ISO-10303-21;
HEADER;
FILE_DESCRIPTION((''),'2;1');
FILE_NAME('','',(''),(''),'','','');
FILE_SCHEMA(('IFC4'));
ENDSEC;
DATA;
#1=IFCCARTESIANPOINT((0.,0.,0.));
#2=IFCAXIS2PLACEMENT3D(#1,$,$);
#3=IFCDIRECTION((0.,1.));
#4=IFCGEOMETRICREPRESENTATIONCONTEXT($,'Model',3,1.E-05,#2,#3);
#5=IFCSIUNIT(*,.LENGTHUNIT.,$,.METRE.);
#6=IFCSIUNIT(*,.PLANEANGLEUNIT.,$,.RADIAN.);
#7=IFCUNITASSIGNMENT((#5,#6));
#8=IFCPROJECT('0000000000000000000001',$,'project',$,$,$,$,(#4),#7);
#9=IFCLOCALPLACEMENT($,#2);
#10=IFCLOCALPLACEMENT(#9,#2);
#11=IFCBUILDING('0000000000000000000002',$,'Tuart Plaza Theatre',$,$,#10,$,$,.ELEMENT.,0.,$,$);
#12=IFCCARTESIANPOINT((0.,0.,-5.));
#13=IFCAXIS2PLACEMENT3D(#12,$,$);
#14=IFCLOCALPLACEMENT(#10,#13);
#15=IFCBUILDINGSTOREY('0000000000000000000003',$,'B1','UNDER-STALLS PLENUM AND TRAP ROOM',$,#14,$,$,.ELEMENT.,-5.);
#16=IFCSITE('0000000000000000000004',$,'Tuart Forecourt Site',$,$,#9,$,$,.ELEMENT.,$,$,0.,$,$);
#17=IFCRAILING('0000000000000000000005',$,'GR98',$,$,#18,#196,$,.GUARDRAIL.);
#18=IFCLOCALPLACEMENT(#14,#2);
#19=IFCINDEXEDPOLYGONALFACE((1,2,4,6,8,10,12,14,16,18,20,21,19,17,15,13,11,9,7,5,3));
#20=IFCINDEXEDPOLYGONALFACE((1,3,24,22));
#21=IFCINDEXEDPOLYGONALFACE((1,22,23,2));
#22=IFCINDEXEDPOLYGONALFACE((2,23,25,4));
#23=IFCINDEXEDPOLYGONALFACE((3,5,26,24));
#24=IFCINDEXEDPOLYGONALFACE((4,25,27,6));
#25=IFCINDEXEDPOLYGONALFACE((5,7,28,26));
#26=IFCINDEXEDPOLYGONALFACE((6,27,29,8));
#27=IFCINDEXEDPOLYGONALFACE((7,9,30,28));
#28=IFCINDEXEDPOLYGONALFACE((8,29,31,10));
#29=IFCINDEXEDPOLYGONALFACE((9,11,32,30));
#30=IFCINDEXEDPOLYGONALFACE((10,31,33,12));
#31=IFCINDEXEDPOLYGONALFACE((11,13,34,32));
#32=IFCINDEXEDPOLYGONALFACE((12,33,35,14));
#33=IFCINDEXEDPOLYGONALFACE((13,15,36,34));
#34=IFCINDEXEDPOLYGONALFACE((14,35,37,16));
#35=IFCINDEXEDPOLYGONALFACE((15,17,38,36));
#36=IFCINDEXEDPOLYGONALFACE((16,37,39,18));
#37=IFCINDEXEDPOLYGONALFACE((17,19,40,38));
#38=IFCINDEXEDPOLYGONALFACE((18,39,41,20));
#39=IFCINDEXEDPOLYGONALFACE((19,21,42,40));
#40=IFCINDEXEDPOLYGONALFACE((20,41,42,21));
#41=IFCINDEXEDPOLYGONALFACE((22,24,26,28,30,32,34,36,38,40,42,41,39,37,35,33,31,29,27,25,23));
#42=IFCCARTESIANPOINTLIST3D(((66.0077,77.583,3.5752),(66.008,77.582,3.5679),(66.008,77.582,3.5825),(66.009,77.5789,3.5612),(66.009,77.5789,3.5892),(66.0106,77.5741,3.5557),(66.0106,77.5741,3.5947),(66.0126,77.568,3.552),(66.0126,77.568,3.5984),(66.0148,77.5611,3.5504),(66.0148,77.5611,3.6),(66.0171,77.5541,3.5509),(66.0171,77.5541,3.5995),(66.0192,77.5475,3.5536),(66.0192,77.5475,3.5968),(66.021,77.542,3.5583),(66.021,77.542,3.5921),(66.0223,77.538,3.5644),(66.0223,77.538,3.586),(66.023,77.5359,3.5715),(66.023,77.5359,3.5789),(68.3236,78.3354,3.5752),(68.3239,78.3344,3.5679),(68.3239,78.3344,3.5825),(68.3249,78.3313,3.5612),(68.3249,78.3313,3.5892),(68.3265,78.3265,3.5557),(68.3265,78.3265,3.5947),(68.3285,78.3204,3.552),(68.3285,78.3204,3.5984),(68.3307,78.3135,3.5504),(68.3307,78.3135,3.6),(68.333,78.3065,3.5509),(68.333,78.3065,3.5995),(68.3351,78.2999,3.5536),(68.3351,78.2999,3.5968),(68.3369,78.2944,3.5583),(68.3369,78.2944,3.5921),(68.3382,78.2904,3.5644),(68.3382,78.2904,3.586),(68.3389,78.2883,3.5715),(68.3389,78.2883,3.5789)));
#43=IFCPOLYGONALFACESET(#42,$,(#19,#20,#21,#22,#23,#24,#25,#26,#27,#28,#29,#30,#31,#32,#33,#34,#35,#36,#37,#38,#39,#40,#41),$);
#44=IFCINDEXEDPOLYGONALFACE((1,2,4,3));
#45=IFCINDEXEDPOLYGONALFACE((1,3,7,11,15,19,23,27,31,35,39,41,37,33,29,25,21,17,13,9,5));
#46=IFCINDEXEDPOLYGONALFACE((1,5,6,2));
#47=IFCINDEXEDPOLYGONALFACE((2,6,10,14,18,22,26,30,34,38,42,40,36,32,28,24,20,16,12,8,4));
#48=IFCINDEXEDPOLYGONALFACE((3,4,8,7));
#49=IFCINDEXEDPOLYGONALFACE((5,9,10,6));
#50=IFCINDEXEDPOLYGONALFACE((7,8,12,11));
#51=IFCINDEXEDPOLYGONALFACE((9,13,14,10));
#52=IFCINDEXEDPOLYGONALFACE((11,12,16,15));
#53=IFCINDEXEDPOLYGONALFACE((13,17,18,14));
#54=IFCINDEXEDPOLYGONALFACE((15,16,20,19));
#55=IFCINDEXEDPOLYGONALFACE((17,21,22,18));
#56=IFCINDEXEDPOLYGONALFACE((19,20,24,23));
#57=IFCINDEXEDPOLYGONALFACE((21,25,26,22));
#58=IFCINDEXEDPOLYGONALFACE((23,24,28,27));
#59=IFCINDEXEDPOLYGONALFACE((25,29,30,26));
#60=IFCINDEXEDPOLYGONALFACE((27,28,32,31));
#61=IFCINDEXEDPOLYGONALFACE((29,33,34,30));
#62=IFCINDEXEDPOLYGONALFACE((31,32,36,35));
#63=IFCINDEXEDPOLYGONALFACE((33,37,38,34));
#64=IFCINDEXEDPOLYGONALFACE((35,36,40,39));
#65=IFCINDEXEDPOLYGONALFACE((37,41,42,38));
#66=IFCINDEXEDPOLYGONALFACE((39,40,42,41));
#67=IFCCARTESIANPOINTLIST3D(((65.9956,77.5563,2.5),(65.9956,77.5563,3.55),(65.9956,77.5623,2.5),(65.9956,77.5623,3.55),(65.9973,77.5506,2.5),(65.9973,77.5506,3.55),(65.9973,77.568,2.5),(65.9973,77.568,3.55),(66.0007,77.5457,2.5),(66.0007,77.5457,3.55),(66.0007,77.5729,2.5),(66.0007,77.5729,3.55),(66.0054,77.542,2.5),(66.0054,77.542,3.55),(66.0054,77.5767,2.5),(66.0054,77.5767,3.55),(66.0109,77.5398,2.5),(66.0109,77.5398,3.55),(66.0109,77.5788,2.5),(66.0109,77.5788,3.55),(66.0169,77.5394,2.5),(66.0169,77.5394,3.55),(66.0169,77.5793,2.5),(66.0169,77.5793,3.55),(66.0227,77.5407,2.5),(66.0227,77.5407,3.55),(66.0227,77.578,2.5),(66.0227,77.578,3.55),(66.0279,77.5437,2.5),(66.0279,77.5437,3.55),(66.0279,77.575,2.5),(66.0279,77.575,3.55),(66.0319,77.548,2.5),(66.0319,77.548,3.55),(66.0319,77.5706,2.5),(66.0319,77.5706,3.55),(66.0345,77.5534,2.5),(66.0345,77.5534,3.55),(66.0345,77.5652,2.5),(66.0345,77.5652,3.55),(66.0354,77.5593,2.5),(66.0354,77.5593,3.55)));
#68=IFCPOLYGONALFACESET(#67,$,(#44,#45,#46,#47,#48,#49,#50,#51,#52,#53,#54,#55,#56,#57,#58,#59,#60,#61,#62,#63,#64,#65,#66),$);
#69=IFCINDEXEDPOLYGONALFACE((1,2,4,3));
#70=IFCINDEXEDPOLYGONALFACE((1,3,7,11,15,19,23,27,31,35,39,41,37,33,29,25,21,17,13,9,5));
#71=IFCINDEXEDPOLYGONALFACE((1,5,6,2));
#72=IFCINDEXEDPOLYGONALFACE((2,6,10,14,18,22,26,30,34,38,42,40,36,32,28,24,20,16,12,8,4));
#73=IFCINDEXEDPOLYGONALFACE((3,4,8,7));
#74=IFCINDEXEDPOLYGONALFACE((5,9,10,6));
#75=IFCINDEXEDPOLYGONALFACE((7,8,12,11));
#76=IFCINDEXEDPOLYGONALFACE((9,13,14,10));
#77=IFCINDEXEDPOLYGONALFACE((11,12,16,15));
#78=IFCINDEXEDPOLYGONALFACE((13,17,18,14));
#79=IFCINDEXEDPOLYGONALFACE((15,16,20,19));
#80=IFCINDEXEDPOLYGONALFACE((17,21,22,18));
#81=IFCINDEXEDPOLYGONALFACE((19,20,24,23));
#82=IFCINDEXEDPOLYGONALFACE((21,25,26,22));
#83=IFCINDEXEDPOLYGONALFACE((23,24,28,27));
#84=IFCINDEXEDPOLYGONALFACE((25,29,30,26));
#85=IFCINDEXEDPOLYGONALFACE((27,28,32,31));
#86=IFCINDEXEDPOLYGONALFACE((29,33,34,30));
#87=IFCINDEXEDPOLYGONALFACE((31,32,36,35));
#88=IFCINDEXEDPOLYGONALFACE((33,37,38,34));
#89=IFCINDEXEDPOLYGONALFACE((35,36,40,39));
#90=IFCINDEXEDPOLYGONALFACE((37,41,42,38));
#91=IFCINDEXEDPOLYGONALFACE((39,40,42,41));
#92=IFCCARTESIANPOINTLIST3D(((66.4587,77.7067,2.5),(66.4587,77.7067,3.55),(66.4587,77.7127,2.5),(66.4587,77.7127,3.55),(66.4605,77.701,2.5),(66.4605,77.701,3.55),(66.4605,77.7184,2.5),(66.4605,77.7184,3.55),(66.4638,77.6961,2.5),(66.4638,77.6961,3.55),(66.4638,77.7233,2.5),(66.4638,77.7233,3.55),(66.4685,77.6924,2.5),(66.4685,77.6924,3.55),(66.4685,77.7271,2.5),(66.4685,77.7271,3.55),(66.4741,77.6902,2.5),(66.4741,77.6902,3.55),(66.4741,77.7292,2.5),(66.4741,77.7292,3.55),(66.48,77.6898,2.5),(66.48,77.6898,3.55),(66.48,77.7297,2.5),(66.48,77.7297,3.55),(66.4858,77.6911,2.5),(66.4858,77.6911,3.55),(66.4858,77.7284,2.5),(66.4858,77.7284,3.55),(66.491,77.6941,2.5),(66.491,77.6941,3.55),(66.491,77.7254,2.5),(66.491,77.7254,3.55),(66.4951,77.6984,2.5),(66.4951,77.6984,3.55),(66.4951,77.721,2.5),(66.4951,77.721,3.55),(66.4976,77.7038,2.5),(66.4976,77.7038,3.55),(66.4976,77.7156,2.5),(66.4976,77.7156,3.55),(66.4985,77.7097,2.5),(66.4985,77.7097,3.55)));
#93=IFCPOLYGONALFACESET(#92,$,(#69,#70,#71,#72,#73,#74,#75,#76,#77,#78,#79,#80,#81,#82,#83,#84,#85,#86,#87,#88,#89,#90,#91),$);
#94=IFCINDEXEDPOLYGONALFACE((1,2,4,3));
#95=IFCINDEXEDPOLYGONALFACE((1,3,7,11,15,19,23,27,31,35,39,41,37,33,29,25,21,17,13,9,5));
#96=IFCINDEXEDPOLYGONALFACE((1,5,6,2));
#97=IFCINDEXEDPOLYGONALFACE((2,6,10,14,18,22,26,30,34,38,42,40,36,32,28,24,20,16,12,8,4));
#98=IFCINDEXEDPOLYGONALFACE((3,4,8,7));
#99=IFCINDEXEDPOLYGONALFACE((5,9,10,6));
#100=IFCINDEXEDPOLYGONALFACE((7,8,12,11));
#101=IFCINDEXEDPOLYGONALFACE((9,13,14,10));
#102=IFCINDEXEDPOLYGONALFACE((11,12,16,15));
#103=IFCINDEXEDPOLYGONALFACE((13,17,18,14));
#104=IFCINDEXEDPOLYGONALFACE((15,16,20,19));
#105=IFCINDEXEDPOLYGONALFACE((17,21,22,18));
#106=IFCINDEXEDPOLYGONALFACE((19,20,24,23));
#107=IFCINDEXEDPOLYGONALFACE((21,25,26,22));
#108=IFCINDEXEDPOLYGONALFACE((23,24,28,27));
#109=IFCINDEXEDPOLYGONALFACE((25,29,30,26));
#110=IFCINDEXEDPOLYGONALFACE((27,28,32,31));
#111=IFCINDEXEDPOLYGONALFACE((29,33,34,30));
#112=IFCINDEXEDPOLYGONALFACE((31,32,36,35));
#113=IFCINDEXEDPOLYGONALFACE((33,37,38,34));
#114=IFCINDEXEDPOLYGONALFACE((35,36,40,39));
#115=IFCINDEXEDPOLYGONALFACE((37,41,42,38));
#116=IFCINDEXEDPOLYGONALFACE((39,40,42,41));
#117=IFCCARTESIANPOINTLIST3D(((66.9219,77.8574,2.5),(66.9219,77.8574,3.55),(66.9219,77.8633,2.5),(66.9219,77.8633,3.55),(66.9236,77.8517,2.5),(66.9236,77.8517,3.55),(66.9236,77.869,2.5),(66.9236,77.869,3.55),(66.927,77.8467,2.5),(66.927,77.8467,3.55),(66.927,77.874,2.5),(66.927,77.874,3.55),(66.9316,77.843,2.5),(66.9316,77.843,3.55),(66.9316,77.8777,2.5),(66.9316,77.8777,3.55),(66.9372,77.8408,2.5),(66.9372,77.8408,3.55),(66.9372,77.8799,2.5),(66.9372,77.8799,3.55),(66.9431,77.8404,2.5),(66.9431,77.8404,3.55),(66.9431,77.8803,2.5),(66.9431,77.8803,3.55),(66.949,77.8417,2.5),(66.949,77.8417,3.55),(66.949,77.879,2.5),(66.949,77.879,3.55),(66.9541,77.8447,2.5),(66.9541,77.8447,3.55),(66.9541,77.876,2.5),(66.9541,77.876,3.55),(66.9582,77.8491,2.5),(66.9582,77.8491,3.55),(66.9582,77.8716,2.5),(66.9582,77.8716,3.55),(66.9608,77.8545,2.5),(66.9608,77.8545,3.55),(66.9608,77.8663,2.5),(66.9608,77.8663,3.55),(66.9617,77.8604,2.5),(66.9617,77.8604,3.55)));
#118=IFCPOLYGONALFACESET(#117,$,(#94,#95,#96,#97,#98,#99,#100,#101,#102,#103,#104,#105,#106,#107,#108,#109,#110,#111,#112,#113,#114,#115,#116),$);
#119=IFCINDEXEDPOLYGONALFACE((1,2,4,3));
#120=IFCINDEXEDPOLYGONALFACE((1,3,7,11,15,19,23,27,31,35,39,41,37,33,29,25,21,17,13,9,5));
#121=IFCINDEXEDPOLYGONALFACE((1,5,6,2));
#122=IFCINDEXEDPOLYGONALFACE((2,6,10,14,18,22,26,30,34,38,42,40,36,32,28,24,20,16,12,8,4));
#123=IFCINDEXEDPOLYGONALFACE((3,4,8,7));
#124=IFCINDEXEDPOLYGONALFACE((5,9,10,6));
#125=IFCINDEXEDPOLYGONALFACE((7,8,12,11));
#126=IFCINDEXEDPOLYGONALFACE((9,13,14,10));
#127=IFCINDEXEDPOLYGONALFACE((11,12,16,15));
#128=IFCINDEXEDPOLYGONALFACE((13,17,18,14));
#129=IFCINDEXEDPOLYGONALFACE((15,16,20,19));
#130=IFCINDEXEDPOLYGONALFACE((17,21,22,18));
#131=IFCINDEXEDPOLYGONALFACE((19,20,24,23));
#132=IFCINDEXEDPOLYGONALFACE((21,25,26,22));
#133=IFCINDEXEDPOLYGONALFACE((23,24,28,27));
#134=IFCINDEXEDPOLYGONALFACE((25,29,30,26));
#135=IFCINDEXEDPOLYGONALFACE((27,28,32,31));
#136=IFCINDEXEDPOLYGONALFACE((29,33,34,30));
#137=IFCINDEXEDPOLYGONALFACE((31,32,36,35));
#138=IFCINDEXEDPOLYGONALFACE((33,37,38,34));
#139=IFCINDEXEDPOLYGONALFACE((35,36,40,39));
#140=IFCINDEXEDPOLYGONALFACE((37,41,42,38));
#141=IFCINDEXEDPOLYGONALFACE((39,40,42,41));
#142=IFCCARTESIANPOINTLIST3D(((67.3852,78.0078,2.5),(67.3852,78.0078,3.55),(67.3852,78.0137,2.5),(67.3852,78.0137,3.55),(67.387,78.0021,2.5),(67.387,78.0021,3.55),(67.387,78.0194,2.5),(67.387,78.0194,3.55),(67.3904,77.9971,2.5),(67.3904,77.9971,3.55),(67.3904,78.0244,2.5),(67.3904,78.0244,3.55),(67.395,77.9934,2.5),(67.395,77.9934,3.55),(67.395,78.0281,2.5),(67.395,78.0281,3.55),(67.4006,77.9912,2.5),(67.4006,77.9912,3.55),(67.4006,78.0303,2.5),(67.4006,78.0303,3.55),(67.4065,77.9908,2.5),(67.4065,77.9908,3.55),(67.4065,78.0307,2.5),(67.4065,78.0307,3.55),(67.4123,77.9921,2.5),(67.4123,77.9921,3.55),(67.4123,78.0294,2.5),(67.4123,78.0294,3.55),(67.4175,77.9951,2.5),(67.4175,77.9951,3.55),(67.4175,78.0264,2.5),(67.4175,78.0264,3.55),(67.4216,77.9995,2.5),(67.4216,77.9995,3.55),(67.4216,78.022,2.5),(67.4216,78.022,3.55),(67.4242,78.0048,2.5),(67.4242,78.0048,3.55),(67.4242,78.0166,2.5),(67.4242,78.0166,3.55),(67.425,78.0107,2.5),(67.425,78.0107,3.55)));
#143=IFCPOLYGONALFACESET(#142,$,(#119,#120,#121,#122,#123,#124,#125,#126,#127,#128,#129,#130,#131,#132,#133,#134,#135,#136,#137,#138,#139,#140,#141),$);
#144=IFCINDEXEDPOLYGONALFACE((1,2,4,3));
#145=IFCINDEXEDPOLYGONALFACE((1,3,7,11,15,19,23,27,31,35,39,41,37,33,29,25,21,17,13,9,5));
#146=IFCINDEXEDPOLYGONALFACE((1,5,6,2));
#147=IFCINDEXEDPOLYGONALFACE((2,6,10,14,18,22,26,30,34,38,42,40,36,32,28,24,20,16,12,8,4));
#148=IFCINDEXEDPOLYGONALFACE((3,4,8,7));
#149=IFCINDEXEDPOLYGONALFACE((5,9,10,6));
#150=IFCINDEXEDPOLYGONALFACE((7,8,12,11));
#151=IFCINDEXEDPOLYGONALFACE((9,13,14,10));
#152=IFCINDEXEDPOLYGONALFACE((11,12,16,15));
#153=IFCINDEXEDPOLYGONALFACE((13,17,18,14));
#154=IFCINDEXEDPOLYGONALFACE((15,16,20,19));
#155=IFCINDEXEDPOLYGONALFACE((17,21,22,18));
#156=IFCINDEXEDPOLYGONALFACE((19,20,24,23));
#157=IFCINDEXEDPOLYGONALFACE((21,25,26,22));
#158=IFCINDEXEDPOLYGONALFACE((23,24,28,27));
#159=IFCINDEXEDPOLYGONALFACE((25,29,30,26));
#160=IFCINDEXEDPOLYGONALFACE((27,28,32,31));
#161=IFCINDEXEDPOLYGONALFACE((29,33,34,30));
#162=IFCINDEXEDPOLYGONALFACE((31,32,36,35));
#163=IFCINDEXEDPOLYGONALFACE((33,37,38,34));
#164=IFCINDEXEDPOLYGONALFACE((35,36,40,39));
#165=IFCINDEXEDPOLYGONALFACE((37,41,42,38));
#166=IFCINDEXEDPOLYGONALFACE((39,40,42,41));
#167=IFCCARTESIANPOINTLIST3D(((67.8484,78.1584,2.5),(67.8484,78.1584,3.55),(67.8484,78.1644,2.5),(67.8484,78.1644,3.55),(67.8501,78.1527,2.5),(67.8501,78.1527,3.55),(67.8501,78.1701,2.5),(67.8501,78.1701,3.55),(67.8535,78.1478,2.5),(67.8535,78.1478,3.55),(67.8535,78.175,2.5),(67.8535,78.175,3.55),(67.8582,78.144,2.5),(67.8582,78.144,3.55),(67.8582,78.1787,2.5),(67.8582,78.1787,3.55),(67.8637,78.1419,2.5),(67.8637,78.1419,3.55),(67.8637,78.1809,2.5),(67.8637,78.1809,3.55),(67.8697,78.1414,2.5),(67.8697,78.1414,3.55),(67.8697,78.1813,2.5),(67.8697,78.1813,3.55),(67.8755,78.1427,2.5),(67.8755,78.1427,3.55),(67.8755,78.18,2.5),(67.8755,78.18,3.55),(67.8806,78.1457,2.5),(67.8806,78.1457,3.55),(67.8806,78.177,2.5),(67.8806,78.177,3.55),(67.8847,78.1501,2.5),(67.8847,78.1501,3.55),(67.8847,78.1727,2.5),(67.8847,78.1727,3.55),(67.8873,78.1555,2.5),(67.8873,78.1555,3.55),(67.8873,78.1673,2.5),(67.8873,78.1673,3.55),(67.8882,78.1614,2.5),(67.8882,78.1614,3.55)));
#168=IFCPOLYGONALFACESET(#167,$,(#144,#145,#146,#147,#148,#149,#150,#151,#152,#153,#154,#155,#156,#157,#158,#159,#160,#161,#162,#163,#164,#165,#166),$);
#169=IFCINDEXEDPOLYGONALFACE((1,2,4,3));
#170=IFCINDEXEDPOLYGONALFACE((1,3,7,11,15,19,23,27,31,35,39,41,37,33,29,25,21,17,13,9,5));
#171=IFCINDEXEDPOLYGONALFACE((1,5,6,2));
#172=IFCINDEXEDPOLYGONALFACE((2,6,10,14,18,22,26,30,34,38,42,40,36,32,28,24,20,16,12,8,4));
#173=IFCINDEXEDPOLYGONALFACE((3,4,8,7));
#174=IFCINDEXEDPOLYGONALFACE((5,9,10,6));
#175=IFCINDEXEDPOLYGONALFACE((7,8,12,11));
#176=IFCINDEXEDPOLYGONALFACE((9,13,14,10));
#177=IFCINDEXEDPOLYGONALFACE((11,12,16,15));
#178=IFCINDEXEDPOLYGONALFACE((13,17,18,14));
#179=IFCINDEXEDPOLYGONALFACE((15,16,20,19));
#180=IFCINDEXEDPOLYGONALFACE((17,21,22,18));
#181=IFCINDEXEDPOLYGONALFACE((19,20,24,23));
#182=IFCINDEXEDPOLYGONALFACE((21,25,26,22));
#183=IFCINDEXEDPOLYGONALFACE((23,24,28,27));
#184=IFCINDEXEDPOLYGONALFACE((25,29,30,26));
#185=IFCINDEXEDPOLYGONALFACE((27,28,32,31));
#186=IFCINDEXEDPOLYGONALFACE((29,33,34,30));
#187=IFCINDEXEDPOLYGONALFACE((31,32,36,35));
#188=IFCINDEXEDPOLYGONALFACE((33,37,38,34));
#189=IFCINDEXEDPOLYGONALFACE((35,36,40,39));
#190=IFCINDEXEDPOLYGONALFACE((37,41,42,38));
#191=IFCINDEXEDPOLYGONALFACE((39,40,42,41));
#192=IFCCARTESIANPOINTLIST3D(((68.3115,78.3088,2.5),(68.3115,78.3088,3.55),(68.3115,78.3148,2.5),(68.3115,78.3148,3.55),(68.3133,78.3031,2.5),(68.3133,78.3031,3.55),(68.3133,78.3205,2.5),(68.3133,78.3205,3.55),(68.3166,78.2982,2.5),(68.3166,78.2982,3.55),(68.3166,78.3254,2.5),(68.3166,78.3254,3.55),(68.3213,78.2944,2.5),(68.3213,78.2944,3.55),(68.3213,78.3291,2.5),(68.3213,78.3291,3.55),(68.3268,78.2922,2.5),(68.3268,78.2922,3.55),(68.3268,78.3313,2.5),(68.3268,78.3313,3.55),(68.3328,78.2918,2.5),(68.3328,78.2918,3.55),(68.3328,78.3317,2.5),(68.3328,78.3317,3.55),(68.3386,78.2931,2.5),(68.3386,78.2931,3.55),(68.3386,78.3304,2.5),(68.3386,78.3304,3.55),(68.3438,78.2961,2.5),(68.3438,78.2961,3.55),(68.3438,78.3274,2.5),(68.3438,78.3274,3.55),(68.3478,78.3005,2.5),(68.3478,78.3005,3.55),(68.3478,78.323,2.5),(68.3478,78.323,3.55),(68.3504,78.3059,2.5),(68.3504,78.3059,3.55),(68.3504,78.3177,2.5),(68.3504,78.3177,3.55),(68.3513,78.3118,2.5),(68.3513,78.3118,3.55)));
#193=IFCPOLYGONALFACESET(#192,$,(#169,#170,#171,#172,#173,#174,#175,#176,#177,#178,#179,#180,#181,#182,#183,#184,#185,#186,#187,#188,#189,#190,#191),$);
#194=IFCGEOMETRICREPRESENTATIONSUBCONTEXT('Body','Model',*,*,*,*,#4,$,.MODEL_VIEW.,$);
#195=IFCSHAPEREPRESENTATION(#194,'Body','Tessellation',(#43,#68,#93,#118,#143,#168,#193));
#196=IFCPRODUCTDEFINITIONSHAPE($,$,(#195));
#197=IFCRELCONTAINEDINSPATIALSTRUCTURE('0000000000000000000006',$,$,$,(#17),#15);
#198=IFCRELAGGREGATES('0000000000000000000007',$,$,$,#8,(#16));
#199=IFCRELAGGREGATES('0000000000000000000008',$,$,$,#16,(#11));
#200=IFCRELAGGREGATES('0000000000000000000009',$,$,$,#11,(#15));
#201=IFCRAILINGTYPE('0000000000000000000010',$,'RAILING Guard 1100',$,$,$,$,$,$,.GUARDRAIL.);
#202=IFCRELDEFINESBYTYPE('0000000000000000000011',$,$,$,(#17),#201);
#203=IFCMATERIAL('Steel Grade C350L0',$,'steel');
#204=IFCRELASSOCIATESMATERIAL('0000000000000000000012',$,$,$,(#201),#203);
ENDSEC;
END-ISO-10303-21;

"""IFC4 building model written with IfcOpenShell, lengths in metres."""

from ifc_helpers import new_model, si_unit, direction, frame, origin, origin_2d, place, context, subcontext, project, spatial, circle, extrude, material, type_object, element, save


model = new_model("IFC4")

# Units and contexts
model_context = context("Model", 3, precision=1e-05, world=origin(), true_north=direction((0.0, 1.0)))
body_context = subcontext(model_context, "Body", "Model", "MODEL_VIEW")
ifc_project = project(units=[si_unit("LENGTHUNIT", "METRE"), si_unit("PLANEANGLEUNIT", "RADIAN")], contexts=[model_context])

# Site, building, storey
site_placement = place(None, origin())
site = spatial("IfcSite", under=ifc_project, at=site_placement, Name="Tuart Forecourt Site", CompositionType="ELEMENT", RefElevation=0.0)
building_placement = place(site_placement, origin())
building = spatial("IfcBuilding", under=site, at=building_placement, Name="Tuart Plaza Theatre", CompositionType="ELEMENT", ElevationOfRefHeight=0.0)
storey_placement = place(building_placement, frame((0.0, 0.0, -5.0)))
storey = spatial("IfcBuildingStorey", under=building, at=storey_placement, Name="B1", Description="UNDER-STALLS PLENUM AND TRAP ROOM", CompositionType="ELEMENT", Elevation=-5.0)

# Railing
ifc_material_1 = material(Name="Steel Grade C350L0", Category="steel")
railing_type_1 = type_object("IfcRailingType", Name="RAILING Guard 1100", PredefinedType="GUARDRAIL", material=ifc_material_1)
railing_1_placement = place(storey_placement, frame((66.0154, 77.5593, 2.5)))
element("IfcRailing", 1, at=railing_1_placement, inside=storey, type_object=railing_type_1, Name="GR98", PredefinedType="GUARDRAIL", context=body_context, shape_type="SweptSolid", body=[
    extrude(circle(Radius=0.0249, at=origin_2d()), frame((0.0, 0.0, 1.0752), z_axis=(0.951062, 0.309, 0.0), x_axis=(-0.309, 0.951062, 0.0)), (0.0, 0.0, 1.0), 2.4351),
    extrude(circle(Radius=0.02, at=origin_2d()), origin(), (0.0, 0.0, 1.0), 1.05),
    extrude(circle(Radius=0.02, at=origin_2d()), frame((0.4631, 0.1504, 0.0)), (0.0, 0.0, 1.0), 1.05),
    extrude(circle(Radius=0.02, at=origin_2d()), frame((0.9263, 0.301, 0.0)), (0.0, 0.0, 1.0), 1.05),
    extrude(circle(Radius=0.02, at=origin_2d()), frame((1.3896, 0.4514, 0.0)), (0.0, 0.0, 1.0), 1.05),
    extrude(circle(Radius=0.02, at=origin_2d()), frame((1.8528, 0.6021, 0.0)), (0.0, 0.0, 1.0), 1.05),
    extrude(circle(Radius=0.02, at=origin_2d()), frame((2.3159, 0.7524, 0.0)), (0.0, 0.0, 1.0), 1.05),
])

save(model, "model.ifc")
